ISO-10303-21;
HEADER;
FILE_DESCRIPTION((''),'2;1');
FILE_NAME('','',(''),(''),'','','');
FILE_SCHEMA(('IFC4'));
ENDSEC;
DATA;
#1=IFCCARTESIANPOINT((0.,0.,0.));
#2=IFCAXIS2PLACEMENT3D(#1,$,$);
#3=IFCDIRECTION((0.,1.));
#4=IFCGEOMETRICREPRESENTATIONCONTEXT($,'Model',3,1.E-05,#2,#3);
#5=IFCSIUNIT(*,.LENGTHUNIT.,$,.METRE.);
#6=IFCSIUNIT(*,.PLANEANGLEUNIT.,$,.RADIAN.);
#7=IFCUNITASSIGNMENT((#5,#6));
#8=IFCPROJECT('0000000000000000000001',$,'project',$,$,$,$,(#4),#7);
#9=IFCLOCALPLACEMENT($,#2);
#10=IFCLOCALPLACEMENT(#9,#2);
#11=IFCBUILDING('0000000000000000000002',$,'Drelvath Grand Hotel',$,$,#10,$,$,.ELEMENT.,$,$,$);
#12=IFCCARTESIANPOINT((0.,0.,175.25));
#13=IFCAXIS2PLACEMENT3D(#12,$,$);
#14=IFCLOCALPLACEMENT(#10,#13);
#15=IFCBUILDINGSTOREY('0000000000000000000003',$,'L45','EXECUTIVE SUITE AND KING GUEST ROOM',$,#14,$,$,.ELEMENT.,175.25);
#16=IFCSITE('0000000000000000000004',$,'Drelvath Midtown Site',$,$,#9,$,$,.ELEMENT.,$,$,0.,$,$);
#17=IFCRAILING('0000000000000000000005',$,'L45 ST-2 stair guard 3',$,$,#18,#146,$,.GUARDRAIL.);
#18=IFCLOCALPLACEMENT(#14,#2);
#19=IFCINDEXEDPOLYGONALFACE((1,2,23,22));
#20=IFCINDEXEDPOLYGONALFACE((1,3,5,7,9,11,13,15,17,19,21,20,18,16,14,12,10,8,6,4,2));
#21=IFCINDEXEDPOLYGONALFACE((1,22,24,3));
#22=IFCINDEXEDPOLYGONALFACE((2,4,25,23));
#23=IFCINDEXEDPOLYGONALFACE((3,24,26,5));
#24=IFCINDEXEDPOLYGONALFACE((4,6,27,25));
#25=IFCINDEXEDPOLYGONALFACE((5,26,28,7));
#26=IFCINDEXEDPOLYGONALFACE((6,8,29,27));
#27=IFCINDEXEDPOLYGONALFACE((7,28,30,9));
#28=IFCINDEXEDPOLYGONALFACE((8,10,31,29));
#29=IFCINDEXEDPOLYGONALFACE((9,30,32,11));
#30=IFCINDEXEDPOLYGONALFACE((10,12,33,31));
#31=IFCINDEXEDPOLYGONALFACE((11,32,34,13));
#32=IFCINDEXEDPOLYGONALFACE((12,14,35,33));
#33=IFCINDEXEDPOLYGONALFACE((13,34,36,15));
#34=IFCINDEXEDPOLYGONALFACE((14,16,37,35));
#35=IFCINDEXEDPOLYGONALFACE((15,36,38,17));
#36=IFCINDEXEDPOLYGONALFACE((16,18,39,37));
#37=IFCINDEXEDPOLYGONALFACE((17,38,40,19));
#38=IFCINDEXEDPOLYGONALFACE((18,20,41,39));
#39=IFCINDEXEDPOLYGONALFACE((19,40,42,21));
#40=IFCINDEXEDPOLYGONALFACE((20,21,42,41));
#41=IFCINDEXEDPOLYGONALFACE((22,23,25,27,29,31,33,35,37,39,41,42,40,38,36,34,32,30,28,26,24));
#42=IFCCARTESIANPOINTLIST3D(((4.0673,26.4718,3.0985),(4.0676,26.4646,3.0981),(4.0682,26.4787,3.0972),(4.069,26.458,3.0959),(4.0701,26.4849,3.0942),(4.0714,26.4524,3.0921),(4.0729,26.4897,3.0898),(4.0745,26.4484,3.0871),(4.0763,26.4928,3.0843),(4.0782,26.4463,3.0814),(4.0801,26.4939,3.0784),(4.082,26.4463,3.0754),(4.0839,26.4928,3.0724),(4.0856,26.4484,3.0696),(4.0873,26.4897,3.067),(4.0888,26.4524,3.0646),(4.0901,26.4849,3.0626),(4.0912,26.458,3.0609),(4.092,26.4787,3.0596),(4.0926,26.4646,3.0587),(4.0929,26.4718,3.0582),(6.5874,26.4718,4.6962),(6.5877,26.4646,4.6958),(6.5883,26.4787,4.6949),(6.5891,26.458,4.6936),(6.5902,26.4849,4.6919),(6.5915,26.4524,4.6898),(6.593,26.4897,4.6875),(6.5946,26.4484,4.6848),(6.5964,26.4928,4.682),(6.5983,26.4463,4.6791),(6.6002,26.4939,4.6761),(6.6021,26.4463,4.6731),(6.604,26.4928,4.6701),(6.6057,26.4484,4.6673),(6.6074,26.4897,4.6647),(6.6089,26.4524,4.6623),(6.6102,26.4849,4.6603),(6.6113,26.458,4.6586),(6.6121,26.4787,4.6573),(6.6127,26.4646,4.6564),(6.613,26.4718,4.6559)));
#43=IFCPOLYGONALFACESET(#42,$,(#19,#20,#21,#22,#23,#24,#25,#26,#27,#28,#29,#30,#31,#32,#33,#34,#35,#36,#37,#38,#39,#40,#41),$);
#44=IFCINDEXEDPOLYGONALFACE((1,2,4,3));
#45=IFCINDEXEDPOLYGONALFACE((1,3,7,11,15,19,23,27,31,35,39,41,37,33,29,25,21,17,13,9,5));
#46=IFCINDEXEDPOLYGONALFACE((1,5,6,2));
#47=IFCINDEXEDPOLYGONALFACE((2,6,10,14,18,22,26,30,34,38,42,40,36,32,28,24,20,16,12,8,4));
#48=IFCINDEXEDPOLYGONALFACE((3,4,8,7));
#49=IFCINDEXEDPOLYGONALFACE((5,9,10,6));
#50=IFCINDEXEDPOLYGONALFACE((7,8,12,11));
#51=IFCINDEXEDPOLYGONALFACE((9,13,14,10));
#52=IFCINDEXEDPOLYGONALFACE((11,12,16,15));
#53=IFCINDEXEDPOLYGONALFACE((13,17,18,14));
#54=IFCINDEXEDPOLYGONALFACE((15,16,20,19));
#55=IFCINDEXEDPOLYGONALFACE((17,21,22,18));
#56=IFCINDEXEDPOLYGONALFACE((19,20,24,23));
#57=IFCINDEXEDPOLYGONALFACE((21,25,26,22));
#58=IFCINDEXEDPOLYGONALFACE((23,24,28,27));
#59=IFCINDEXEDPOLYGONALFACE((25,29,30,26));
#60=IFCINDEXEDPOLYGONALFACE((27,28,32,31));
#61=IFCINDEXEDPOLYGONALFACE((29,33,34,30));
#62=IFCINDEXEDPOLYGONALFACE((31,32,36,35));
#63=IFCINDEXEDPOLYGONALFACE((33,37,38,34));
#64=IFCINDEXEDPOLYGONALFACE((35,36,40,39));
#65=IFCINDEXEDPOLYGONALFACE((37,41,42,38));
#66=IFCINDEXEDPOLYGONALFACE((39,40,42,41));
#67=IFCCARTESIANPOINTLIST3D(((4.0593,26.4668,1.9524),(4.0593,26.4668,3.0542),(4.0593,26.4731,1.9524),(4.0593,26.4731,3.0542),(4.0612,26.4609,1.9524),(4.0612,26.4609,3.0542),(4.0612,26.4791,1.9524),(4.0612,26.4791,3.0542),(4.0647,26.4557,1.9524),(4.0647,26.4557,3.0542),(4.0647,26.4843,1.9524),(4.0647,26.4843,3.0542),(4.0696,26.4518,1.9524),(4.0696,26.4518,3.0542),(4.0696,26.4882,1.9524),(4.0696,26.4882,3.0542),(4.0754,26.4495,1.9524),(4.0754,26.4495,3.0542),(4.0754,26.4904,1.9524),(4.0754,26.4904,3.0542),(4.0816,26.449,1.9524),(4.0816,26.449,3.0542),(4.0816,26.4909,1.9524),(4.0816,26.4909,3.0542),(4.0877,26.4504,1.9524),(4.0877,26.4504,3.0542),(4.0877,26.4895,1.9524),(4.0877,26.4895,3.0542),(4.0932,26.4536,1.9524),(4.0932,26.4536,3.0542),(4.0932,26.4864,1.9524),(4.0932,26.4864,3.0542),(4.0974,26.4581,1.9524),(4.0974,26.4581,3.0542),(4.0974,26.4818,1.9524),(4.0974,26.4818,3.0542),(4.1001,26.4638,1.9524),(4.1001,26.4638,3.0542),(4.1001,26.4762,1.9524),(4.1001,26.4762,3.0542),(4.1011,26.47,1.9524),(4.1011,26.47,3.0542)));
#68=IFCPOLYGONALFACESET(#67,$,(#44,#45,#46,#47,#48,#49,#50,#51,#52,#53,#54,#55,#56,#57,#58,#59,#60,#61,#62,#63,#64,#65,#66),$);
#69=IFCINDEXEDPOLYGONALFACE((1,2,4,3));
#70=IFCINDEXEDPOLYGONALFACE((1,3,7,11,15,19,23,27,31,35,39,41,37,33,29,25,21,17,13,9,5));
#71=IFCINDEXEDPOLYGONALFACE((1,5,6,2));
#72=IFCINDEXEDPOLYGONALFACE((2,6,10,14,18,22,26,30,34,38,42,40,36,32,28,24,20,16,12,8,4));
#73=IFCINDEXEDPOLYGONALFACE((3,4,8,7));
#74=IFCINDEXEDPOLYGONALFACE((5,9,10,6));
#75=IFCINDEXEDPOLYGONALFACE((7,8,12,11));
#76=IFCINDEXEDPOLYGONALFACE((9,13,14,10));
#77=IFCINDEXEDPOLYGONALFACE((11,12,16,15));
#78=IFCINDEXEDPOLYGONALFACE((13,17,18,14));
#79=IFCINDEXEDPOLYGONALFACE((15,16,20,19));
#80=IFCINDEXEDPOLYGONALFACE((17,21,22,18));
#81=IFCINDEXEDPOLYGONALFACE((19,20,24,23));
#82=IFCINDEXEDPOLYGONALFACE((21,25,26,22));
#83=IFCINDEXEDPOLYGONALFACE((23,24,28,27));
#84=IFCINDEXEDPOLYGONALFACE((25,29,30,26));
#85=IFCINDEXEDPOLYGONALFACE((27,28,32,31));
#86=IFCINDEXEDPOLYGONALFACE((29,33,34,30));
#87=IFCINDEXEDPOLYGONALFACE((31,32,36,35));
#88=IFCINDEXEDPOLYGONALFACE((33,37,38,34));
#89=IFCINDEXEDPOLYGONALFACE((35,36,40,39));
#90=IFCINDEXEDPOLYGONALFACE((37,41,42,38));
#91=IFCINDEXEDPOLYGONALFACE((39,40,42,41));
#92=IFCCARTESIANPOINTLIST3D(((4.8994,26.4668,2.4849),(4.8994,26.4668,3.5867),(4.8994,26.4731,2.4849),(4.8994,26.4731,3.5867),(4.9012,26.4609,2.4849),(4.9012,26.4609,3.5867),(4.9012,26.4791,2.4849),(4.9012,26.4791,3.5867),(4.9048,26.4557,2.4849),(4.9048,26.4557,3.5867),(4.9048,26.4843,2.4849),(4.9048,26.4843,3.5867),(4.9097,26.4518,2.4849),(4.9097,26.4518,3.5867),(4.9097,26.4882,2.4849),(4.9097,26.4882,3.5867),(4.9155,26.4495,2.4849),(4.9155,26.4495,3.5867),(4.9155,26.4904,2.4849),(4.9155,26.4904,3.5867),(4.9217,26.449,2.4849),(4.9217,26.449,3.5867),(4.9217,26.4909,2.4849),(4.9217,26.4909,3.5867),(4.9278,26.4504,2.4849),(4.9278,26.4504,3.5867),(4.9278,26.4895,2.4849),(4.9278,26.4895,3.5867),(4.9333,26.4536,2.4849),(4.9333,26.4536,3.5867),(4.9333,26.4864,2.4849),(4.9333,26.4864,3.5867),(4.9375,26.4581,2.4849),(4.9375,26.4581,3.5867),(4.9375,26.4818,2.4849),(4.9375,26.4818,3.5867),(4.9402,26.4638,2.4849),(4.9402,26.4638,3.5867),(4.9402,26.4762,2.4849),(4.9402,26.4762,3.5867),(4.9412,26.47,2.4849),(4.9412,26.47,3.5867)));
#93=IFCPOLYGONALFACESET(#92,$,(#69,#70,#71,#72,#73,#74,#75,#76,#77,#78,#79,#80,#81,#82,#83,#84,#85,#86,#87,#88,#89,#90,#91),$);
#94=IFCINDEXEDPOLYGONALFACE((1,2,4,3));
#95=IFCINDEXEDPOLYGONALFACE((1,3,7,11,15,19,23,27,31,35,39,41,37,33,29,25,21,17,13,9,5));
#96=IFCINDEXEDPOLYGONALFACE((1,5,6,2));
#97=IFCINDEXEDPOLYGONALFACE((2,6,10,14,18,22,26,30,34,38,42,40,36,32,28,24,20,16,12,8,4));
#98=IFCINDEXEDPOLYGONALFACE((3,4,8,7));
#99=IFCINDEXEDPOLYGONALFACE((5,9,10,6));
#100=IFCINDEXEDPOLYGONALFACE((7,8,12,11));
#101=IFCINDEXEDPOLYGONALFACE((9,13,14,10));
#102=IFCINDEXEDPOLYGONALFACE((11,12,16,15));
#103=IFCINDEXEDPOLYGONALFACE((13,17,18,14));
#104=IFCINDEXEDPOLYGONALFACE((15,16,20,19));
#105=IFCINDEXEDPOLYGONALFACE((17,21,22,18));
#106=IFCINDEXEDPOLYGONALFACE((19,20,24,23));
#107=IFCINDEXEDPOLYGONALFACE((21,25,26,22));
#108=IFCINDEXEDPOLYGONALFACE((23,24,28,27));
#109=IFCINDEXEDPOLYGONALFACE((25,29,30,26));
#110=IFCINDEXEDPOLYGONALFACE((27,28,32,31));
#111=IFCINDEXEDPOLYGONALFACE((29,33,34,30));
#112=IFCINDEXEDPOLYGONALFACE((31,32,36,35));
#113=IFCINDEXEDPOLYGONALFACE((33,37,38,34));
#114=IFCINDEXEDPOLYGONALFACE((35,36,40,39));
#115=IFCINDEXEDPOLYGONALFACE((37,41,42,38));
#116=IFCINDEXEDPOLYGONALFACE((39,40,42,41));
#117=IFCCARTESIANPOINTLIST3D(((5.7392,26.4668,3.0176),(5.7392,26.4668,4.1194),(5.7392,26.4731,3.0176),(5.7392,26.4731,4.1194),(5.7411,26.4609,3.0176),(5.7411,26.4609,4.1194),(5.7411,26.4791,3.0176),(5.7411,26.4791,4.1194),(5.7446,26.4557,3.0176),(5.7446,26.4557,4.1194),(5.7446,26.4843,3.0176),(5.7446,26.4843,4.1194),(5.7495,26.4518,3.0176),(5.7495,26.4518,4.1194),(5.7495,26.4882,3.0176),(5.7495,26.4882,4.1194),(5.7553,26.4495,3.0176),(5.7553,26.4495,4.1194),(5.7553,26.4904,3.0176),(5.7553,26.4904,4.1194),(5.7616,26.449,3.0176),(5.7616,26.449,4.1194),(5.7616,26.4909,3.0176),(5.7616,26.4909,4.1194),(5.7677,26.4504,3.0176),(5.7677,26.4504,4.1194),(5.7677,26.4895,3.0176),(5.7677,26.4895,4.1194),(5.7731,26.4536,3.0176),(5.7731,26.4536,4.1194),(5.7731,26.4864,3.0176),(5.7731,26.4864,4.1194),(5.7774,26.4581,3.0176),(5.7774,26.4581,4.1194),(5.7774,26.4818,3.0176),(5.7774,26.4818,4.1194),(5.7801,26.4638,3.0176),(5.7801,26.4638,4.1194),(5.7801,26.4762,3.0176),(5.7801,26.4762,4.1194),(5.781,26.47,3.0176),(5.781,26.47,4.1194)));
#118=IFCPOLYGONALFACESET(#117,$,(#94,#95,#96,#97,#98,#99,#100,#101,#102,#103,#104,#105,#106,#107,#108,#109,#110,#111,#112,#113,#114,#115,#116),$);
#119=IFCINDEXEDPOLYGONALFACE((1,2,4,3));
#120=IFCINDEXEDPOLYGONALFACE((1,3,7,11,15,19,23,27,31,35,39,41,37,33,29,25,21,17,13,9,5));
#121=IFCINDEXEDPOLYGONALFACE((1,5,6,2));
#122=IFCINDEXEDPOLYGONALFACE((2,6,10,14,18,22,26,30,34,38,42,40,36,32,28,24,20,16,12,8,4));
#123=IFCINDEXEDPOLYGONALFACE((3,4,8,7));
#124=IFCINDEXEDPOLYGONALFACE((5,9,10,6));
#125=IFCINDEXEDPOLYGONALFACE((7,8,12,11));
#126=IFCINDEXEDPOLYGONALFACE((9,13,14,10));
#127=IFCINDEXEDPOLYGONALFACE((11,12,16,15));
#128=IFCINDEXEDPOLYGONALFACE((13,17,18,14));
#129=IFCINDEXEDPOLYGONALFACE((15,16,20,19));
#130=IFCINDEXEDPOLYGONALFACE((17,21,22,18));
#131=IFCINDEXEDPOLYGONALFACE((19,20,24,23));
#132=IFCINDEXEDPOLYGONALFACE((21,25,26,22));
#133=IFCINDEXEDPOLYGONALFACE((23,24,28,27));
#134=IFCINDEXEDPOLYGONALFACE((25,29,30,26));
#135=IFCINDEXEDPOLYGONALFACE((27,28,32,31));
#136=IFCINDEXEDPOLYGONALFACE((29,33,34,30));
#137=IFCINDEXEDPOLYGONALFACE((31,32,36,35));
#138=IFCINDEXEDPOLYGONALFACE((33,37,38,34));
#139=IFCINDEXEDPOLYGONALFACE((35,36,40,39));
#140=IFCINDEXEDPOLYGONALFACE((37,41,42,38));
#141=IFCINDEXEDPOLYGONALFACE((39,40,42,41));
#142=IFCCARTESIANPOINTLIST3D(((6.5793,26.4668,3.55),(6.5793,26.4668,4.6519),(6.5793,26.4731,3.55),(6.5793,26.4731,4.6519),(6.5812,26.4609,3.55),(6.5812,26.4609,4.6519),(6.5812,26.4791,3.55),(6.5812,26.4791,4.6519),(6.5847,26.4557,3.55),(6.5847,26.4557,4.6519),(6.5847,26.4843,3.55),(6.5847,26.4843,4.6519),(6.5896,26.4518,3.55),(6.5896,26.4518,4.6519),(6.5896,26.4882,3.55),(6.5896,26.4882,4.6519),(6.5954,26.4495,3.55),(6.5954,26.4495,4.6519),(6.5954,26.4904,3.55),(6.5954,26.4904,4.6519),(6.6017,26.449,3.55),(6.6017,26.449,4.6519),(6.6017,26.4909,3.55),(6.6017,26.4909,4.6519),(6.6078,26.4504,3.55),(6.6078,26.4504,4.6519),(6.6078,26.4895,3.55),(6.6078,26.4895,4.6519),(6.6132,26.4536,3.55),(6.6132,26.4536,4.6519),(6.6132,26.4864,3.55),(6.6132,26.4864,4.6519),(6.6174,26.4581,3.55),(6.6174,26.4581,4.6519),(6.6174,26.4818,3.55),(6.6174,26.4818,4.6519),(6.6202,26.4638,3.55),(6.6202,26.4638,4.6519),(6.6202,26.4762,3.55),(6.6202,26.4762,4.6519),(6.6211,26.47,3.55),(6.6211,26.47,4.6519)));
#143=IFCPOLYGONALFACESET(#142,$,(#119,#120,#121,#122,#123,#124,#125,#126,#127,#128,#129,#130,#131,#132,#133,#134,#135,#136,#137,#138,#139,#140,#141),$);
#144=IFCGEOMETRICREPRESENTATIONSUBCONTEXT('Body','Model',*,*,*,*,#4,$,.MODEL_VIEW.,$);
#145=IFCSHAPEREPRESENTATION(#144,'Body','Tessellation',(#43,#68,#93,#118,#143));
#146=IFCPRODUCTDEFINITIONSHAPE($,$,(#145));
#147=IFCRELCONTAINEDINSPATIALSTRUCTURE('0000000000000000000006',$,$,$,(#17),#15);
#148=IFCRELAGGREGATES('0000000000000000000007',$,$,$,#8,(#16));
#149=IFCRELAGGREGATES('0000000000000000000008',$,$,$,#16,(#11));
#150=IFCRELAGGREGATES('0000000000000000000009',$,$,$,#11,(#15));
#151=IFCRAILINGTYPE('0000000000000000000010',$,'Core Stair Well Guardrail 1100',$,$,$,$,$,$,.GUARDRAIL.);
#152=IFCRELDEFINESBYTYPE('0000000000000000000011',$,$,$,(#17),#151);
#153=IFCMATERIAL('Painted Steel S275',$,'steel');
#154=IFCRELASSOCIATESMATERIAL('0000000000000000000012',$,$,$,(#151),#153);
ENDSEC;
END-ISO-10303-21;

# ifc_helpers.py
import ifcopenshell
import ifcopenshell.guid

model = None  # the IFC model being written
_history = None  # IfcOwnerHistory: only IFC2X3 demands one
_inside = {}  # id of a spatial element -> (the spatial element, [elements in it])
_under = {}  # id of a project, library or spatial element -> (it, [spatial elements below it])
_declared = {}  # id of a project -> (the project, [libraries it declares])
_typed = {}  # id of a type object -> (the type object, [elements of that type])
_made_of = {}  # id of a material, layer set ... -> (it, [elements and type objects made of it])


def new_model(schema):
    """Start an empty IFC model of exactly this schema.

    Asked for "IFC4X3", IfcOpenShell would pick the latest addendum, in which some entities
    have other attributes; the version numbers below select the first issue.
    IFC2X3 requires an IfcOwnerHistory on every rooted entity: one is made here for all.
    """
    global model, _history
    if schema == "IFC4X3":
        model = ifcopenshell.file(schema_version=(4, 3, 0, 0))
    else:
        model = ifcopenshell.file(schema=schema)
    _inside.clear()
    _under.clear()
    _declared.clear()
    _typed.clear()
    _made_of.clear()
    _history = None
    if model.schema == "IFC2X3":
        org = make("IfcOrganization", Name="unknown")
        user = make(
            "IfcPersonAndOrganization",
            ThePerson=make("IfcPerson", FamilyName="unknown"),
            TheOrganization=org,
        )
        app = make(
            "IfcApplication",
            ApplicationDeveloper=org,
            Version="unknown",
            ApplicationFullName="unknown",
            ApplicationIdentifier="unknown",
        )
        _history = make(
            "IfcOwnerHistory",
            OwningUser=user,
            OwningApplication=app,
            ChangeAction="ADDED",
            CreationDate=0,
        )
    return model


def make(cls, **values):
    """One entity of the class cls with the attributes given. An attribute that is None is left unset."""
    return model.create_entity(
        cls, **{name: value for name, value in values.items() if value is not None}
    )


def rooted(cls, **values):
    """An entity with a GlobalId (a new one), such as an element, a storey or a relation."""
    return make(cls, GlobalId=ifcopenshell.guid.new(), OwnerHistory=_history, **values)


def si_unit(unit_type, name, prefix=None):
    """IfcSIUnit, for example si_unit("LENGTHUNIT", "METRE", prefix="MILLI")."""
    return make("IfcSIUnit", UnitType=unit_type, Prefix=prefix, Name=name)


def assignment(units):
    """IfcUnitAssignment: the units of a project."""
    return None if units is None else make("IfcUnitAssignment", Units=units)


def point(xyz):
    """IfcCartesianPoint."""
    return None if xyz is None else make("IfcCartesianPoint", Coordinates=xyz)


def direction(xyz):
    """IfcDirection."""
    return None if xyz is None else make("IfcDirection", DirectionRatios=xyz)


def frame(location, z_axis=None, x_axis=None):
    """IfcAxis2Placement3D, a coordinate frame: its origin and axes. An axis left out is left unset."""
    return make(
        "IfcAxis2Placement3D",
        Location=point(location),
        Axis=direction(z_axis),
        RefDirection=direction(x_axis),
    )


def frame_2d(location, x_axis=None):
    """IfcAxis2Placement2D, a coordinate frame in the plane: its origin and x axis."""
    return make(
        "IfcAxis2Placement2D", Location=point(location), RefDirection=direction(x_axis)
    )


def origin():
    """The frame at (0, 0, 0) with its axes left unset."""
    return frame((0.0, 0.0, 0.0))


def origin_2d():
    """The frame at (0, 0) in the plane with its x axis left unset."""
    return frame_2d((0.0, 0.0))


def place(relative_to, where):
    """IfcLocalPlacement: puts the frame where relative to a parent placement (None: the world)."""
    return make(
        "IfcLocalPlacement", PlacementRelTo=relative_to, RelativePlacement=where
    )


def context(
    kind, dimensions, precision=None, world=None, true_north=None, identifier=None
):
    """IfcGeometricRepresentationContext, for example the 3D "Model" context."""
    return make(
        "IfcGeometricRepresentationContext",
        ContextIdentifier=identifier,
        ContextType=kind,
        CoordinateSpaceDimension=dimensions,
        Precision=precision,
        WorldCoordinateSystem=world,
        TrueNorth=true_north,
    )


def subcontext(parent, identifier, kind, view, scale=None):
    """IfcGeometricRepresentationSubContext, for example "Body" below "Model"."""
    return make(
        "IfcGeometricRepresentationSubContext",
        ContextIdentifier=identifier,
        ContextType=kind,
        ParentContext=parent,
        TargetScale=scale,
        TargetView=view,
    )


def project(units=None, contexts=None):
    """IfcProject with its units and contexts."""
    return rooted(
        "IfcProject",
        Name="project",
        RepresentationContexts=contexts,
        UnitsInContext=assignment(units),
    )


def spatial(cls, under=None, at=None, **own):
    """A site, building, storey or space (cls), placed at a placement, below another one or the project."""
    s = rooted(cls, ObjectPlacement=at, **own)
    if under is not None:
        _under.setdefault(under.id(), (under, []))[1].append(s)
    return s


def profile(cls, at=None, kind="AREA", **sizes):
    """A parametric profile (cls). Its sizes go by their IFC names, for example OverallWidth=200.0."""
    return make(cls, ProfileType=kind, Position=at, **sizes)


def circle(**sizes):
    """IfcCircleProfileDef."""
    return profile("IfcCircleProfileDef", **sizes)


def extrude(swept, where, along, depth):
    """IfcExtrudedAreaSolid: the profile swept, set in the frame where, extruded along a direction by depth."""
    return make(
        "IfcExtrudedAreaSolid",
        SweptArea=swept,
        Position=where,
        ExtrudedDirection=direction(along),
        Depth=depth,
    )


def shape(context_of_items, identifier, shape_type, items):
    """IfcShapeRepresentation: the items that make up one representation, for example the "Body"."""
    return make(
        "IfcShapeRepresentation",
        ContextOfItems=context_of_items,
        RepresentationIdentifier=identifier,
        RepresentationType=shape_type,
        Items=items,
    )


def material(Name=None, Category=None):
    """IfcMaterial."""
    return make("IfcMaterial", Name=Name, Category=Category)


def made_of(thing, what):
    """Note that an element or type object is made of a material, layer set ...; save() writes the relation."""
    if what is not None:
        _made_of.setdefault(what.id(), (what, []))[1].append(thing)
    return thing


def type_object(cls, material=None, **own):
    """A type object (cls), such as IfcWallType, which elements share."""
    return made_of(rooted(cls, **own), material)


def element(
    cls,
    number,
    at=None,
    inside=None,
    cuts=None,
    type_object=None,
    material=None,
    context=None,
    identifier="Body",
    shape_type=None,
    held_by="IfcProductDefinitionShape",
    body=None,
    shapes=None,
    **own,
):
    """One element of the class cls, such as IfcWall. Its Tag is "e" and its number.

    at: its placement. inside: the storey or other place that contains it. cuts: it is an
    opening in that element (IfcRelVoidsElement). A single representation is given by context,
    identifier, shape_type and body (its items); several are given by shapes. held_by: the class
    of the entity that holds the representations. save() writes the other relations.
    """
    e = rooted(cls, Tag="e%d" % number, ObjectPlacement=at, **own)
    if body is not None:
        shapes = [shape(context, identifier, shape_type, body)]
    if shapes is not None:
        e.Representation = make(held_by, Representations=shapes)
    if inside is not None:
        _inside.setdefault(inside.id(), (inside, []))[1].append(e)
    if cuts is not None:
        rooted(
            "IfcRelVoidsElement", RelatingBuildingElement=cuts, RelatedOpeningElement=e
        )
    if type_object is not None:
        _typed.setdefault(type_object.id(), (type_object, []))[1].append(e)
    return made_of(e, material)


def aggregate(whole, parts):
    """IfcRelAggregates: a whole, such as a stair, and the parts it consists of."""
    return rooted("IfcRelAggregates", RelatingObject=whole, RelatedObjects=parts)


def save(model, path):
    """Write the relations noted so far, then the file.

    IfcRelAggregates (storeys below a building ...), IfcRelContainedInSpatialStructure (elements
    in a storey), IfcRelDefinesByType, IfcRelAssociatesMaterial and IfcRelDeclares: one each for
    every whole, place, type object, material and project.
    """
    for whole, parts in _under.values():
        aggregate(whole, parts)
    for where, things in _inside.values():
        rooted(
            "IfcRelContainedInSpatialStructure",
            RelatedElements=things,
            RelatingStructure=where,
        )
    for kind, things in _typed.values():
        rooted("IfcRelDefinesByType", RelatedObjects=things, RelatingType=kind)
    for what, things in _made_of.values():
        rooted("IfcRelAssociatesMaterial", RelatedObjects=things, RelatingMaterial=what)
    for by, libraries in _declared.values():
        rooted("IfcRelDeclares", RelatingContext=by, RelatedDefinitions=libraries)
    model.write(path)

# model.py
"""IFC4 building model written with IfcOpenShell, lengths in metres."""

from ifc_helpers import new_model, si_unit, direction, frame, origin, origin_2d, place, context, subcontext, project, spatial, circle, extrude, material, type_object, element, save


model = new_model("IFC4")

# Units and contexts
model_context = context("Model", 3, precision=1e-05, world=origin(), true_north=direction((0.0, 1.0)))
body_context = subcontext(model_context, "Body", "Model", "MODEL_VIEW")
ifc_project = project(units=[si_unit("LENGTHUNIT", "METRE"), si_unit("PLANEANGLEUNIT", "RADIAN")], contexts=[model_context])

# Site, building, storey
site_placement = place(None, origin())
site = spatial("IfcSite", under=ifc_project, at=site_placement, Name="Drelvath Midtown Site", CompositionType="ELEMENT", RefElevation=0.0)
building_placement = place(site_placement, origin())
building = spatial("IfcBuilding", under=site, at=building_placement, Name="Drelvath Grand Hotel", CompositionType="ELEMENT")
storey_placement = place(building_placement, frame((0.0, 0.0, 175.25)))
storey = spatial("IfcBuildingStorey", under=building, at=storey_placement, Name="L45", Description="EXECUTIVE SUITE AND KING GUEST ROOM", CompositionType="ELEMENT", Elevation=175.25)

# Railing
ifc_material_1 = material(Name="Painted Steel S275", Category="steel")
railing_type_1 = type_object("IfcRailingType", Name="Core Stair Well Guardrail 1100", PredefinedType="GUARDRAIL", material=ifc_material_1)
railing_1_placement = place(storey_placement, frame((4.0801, 26.47, 1.9524)))
element("IfcRailing", 1, at=railing_1_placement, inside=storey, type_object=railing_type_1, Name="L45 ST-2 stair guard 3", PredefinedType="GUARDRAIL", context=body_context, shape_type="SweptSolid", body=[
    extrude(circle(Radius=0.0239, at=origin_2d()), frame((0.0, 0.0, 1.126), z_axis=(0.84457, 0.0, 0.535445), x_axis=(0.0, 1.0, 0.0)), (0.0, 0.0, 1.0), 2.9839),
    extrude(circle(Radius=0.021, at=origin_2d()), origin(), (0.0, 0.0, 1.0), 1.1018),
    extrude(circle(Radius=0.021, at=origin_2d()), frame((0.8401, 0.0, 0.5325)), (0.0, 0.0, 1.0), 1.1018),
    extrude(circle(Radius=0.021, at=origin_2d()), frame((1.6799, 0.0, 1.0652)), (0.0, 0.0, 1.0), 1.1018),
    extrude(circle(Radius=0.021, at=origin_2d()), frame((2.52, 0.0, 1.5977)), (0.0, 0.0, 1.0), 1.1018),
])

save(model, "model.ifc")
